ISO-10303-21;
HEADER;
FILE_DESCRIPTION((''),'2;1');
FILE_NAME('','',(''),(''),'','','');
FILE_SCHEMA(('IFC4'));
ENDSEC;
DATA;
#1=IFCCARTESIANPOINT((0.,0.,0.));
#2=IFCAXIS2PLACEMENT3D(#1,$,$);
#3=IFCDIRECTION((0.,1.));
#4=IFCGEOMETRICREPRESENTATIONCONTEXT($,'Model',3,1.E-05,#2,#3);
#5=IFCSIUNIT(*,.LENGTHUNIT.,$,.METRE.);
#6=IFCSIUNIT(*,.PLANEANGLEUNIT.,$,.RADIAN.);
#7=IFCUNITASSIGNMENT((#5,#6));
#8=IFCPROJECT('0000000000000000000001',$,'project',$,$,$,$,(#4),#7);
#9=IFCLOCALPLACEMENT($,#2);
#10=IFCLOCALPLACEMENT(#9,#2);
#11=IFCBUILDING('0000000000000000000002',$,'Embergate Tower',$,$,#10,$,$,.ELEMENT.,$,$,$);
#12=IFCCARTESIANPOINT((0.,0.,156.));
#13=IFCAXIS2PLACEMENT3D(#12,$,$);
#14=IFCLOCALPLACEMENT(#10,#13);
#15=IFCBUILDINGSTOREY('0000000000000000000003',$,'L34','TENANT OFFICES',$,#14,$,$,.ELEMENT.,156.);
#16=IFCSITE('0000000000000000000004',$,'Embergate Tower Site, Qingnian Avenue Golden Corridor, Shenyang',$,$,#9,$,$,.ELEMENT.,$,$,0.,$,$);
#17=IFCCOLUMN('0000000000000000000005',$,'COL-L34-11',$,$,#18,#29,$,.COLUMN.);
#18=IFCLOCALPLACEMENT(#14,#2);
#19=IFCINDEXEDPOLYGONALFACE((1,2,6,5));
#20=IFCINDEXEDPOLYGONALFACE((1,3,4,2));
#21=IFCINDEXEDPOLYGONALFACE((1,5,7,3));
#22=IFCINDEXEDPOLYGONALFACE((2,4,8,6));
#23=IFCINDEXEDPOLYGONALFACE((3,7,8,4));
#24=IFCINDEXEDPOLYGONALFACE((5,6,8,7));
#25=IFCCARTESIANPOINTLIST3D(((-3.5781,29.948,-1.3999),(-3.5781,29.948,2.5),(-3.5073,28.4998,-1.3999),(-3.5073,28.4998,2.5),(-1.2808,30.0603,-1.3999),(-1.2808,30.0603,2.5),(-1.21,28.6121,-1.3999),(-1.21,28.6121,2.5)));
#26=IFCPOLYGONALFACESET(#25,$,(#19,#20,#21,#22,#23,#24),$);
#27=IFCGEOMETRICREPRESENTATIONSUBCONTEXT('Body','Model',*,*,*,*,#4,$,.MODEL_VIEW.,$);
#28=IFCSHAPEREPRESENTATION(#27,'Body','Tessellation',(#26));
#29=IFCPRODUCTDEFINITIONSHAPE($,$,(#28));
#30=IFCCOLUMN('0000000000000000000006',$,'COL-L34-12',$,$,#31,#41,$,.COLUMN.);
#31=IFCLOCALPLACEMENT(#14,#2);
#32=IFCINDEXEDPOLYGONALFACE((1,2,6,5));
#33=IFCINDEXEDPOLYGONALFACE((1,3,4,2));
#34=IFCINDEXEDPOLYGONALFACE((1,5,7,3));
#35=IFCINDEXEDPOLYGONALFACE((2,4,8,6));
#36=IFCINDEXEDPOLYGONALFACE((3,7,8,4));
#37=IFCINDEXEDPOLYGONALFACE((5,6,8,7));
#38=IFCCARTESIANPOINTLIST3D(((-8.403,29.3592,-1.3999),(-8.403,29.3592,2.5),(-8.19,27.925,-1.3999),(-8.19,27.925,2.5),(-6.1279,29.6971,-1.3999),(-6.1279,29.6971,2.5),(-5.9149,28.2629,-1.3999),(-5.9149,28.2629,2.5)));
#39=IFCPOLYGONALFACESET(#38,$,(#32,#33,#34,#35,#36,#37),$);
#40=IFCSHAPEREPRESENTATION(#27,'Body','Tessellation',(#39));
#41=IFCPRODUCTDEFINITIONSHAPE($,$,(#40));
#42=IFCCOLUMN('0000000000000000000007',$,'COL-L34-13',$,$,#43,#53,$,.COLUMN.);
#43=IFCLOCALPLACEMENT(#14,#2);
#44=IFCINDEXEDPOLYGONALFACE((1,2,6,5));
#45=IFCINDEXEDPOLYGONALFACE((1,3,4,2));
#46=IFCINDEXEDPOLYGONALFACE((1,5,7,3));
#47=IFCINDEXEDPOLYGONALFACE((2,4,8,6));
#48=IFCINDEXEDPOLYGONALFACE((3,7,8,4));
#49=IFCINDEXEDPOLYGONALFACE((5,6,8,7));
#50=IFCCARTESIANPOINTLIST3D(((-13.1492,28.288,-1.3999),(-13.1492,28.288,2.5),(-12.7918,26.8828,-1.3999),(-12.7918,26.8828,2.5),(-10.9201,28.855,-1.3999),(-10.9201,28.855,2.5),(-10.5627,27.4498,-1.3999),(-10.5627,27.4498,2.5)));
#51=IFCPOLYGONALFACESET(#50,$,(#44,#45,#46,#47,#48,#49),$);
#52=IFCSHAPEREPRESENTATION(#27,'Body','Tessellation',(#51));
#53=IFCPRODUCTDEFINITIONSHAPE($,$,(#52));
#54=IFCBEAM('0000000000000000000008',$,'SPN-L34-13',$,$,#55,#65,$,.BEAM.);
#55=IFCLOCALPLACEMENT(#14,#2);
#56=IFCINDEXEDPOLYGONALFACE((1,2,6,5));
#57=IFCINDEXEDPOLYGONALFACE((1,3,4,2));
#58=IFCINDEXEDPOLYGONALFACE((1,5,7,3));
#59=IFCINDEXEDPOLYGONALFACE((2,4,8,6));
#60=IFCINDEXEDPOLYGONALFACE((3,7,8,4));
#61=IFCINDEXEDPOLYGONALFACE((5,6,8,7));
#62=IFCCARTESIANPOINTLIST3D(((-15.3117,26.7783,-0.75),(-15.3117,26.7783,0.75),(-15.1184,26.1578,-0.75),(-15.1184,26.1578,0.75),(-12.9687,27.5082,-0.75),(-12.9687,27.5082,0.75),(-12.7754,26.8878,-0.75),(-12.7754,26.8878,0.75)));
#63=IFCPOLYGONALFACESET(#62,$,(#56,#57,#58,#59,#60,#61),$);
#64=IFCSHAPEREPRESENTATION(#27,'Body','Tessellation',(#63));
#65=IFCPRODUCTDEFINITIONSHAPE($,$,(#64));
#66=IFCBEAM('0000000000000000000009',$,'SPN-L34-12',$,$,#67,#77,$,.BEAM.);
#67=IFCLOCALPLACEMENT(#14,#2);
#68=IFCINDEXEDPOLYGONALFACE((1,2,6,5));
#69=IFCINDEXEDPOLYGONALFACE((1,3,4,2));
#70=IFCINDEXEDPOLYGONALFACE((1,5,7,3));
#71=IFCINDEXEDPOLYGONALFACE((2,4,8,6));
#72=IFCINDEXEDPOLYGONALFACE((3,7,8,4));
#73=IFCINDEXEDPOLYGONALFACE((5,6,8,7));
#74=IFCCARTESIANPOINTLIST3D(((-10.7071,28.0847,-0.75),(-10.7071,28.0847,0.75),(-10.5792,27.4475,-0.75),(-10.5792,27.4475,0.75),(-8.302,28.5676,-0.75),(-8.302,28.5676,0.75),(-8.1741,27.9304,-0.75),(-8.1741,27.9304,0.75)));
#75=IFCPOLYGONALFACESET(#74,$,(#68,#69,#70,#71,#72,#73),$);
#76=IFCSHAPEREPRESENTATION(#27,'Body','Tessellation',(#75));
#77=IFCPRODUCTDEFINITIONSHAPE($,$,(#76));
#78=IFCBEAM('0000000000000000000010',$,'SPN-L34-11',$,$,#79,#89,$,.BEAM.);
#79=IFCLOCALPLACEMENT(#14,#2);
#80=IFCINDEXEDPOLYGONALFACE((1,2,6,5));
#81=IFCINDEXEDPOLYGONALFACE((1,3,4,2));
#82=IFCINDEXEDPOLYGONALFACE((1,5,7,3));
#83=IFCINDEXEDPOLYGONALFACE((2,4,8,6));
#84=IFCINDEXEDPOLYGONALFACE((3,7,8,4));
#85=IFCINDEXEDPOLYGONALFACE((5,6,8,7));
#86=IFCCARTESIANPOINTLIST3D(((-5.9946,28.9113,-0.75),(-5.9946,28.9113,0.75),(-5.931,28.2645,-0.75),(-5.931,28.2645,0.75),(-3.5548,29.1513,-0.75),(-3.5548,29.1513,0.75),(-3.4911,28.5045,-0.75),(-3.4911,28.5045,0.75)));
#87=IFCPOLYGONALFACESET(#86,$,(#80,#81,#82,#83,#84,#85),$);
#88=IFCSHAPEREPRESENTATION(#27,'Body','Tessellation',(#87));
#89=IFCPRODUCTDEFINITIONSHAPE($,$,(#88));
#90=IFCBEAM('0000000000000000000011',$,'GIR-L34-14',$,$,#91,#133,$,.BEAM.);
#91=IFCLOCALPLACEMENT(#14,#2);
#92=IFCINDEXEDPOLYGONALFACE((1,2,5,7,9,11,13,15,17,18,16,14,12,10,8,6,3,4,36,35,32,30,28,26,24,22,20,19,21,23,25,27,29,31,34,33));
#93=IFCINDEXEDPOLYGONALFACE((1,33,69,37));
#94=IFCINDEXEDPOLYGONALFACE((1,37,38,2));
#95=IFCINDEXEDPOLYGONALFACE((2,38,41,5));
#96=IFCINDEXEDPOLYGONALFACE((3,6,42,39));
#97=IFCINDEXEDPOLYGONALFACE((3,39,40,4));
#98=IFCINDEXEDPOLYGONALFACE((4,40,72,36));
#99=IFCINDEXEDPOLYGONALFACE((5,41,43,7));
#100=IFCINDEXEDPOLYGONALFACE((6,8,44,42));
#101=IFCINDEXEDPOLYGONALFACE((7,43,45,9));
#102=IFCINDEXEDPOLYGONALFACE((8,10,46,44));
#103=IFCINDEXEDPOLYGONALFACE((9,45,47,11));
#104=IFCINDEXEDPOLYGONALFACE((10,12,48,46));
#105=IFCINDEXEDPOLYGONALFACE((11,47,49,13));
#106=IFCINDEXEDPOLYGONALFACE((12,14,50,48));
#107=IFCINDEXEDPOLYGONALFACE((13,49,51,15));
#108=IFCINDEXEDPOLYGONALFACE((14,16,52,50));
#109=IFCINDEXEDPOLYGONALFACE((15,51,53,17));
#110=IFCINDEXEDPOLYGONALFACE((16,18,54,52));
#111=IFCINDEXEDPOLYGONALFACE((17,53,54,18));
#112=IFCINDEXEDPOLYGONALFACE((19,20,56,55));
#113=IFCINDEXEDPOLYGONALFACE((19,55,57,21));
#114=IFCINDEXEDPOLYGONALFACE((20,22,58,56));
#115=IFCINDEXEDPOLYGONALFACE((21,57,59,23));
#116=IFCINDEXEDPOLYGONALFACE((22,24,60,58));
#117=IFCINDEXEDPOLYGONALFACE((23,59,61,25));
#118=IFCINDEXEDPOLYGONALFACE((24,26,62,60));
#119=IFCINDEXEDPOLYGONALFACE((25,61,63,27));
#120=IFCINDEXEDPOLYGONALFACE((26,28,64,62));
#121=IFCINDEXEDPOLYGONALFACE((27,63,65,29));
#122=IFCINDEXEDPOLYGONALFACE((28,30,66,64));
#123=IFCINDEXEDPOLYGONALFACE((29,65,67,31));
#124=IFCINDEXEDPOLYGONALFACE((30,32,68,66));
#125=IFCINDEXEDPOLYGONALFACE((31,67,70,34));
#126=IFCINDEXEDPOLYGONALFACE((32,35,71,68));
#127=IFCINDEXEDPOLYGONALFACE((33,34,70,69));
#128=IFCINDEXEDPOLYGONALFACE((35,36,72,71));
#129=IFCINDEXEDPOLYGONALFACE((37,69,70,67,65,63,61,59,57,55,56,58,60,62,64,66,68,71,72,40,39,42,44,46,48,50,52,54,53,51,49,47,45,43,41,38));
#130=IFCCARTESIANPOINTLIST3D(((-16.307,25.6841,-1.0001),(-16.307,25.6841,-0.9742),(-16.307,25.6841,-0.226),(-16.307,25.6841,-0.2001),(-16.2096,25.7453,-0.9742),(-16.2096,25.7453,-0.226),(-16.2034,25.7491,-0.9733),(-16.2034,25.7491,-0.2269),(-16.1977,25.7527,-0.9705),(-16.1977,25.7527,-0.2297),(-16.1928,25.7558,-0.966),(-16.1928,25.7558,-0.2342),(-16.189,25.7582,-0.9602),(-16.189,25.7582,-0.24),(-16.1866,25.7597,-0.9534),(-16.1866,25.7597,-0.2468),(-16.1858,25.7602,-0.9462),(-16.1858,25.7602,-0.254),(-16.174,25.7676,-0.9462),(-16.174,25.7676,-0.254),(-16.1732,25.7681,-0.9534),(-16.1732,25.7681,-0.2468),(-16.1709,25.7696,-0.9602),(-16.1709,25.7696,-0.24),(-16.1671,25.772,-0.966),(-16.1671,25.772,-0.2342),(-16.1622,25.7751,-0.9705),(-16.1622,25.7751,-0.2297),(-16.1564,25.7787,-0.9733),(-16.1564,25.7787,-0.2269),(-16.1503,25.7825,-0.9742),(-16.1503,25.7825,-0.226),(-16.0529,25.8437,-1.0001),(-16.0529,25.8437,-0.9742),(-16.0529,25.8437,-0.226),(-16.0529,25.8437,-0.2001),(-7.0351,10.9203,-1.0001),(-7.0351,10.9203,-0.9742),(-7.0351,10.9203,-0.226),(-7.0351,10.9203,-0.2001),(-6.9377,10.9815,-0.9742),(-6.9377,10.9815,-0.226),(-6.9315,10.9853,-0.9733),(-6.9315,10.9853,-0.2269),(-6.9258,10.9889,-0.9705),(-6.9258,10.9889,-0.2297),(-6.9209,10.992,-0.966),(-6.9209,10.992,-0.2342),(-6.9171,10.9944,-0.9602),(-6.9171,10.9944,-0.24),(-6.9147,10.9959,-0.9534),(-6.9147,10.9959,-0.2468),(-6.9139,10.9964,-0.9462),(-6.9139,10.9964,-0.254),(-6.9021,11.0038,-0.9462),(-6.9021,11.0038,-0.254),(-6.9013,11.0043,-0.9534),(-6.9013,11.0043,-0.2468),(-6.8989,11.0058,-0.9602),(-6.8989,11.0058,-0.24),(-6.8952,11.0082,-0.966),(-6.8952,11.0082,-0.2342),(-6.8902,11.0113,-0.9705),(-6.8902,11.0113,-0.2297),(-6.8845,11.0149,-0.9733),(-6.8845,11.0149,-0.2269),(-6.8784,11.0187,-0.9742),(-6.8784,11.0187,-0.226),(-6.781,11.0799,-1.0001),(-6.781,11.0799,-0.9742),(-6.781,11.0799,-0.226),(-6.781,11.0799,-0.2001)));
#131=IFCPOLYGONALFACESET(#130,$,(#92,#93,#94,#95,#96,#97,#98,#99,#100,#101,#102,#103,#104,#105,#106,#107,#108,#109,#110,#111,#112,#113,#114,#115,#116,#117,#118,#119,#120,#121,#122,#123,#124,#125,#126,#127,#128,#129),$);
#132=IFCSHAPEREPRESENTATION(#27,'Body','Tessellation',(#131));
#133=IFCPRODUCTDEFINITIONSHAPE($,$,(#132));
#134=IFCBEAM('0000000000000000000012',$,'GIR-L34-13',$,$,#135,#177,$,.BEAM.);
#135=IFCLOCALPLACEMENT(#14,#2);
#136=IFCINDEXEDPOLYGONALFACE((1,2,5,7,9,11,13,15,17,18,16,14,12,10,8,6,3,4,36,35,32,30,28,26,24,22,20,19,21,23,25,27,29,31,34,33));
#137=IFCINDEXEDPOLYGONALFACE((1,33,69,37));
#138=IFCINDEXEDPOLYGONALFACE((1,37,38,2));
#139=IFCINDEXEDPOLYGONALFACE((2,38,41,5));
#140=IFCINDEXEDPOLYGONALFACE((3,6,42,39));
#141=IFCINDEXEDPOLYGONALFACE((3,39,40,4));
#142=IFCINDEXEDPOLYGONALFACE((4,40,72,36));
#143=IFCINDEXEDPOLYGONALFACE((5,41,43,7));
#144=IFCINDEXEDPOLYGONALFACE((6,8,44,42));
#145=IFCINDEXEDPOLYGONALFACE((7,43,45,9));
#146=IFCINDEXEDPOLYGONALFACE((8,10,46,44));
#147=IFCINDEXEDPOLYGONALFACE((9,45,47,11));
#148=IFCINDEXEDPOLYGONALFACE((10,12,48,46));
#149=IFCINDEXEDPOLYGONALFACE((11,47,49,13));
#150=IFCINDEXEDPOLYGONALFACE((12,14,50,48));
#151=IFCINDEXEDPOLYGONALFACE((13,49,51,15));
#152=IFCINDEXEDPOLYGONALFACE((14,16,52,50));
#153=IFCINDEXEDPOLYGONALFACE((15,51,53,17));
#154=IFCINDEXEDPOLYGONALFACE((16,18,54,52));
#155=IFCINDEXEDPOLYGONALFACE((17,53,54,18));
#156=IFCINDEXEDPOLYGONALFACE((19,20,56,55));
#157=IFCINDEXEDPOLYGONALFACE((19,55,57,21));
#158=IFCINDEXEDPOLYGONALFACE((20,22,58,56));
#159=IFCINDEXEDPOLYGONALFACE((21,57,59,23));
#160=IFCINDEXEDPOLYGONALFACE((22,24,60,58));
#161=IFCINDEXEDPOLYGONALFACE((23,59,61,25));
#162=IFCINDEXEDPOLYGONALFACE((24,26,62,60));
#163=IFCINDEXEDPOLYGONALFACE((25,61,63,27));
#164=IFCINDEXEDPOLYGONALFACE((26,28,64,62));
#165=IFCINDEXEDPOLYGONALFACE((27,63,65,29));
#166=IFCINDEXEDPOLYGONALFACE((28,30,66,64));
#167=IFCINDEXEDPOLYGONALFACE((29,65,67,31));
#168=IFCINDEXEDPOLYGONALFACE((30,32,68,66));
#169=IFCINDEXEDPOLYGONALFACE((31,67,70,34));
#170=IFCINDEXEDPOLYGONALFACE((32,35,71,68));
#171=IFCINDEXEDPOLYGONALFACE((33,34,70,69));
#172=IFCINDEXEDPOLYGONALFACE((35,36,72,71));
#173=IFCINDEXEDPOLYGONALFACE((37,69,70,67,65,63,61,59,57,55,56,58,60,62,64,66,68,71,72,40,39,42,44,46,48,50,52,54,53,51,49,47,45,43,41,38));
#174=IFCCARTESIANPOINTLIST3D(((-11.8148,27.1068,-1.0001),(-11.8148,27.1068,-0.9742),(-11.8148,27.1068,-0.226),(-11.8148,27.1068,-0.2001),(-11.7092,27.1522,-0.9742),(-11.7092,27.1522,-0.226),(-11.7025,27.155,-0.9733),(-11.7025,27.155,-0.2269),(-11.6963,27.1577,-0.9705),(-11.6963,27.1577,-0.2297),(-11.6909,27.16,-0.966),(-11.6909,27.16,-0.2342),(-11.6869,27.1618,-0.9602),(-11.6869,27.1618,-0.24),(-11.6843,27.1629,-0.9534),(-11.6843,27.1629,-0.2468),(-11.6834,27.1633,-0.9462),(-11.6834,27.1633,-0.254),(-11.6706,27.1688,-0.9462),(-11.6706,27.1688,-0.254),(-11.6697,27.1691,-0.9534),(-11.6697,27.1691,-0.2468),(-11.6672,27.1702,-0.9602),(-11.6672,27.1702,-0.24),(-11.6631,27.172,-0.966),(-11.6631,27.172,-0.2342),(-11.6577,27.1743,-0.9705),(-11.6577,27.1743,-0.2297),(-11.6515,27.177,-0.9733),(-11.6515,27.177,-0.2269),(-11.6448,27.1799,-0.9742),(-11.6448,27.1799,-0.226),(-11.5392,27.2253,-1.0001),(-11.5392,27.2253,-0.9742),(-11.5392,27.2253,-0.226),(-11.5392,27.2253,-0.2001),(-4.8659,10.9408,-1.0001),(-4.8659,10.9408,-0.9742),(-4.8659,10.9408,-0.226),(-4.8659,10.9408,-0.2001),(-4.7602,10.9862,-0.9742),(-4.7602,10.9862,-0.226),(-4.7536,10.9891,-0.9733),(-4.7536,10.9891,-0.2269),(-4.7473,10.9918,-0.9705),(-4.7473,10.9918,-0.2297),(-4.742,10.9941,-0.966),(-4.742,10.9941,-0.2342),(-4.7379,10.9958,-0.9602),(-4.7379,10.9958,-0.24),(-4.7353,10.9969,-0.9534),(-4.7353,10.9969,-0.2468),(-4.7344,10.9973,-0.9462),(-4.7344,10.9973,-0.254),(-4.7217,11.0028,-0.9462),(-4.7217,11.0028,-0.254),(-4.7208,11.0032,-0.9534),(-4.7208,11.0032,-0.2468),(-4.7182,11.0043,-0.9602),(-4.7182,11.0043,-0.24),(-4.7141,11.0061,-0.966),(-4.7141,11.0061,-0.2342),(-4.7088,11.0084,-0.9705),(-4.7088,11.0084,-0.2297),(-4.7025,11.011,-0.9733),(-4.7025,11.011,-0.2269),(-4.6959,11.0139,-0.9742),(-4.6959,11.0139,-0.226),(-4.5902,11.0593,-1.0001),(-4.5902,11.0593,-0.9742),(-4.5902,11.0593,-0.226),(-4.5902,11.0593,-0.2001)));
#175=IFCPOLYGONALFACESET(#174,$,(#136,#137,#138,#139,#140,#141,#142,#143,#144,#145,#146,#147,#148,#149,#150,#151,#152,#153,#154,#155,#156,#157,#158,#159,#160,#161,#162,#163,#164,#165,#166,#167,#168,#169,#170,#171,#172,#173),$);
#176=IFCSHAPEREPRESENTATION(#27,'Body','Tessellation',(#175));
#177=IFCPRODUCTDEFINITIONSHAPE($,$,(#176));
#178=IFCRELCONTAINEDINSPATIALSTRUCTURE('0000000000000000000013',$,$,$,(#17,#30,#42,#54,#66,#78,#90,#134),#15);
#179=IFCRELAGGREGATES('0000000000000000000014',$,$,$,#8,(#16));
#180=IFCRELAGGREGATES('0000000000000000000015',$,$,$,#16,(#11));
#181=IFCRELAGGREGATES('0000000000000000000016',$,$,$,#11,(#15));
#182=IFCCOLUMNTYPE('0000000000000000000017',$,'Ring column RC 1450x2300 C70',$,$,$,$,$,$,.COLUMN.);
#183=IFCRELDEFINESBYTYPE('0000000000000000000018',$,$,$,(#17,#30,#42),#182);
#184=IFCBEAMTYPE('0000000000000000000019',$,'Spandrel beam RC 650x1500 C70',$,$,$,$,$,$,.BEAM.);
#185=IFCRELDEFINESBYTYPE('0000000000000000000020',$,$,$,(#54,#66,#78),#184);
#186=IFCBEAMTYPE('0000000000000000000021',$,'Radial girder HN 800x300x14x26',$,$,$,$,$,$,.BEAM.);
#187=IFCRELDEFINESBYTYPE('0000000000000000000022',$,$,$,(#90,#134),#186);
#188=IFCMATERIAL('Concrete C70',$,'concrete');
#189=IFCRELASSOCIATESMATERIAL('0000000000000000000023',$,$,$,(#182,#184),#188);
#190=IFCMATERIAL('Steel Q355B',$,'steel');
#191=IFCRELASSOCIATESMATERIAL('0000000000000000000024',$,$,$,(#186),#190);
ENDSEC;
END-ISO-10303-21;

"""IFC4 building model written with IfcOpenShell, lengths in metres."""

from ifc_helpers import new_model, si_unit, direction, frame, origin, origin_2d, place, context, subcontext, project, spatial, rectangle, i_section, extrude, source, transform, mapped, material, material_profile, profile_set, type_object, element, save


model = new_model("IFC4")

# Units and contexts
model_context = context("Model", 3, precision=1e-05, world=origin(), true_north=direction((0.0, 1.0)))
body_context = subcontext(model_context, "Body", "Model", "MODEL_VIEW")
ifc_project = project(units=[si_unit("LENGTHUNIT", "METRE"), si_unit("PLANEANGLEUNIT", "RADIAN")], contexts=[model_context])

# Site, building, storey
site_placement = place(None, origin())
site = spatial("IfcSite", under=ifc_project, at=site_placement, Name="Embergate Tower Site, Qingnian Avenue Golden Corridor, Shenyang", CompositionType="ELEMENT", RefElevation=0.0)
building_placement = place(site_placement, origin())
building = spatial("IfcBuilding", under=site, at=building_placement, Name="Embergate Tower", CompositionType="ELEMENT")
storey_placement = place(building_placement, frame((0.0, 0.0, 156.0)))
storey = spatial("IfcBuildingStorey", under=building, at=storey_placement, Name="L34", Description="TENANT OFFICES", CompositionType="ELEMENT", Elevation=156.0)

# Columns
ifc_material_1 = material(Name="Concrete C70", Category="concrete")
ifc_material_profile_1 = material_profile(ifc_material_1, rectangle(XDim=1.45, YDim=2.3, at=origin_2d()), Name="RC 1450x2300")
ifc_profile_set_1 = profile_set([ifc_material_profile_1], Name="Concrete C70")
column_type = type_object("IfcColumnType", Name="Ring column RC 1450x2300 C70", PredefinedType="COLUMN", material=ifc_profile_set_1)
shared_shape_1 = source(origin(), body_context, "Body", "SweptSolid", [
    extrude(rectangle(XDim=1.45, YDim=2.3, at=origin_2d()), origin(), (0.0, 0.0, 1.0), 3.8999),
])
for number, where, z_axis, x_axis, name in (
    (1, (-2.394, 29.28, -1.3999), (0.0, 0.0, 1.0), (-0.048815, 0.998808, 0.0), "COL-L34-11"),
    (2, (-7.1589, 28.811, -1.3999), (0.0, 0.0, 1.0), (-0.146929, 0.989147, 0.0), "COL-L34-12"),
    (3, (-11.856, 27.8689, -1.3999), (0.0, 0.0, 1.0), (-0.246492, 0.969145, 0.0), "COL-L34-13"),
):
    element("IfcColumn", number, at=place(storey_placement, frame(where, z_axis=z_axis, x_axis=x_axis)), inside=storey, type_object=column_type, Name=name, PredefinedType="COLUMN", context=body_context, shape_type="MappedRepresentation", body=[
        mapped(shared_shape_1, transform((0.0, 0.0, 0.0))),
    ])

# Beams
ifc_material_profile_2 = material_profile(ifc_material_1, rectangle(XDim=0.6499, YDim=1.5, at=origin_2d()), Name="RC 650x1500")
ifc_profile_set_2 = profile_set([ifc_material_profile_2], Name="Concrete C70")
beam_type_1 = type_object("IfcBeamType", Name="Spandrel beam RC 650x1500 C70", PredefinedType="BEAM", material=ifc_profile_set_2)
shared_shape_2 = source(origin(), body_context, "Body", "SweptSolid", [
    extrude(rectangle(XDim=0.6499, YDim=1.5, at=origin_2d()), origin(), (0.0, 0.0, 1.0), 2.4541),
])
beam_1_placement = place(storey_placement, frame((-12.8721, 27.198, 0.0), z_axis=(-0.954736, -0.297454, 0.0), x_axis=(0.297454, -0.954736, 0.0)))
element("IfcBeam", 4, at=beam_1_placement, inside=storey, type_object=beam_type_1, Name="SPN-L34-13", PredefinedType="BEAM", context=body_context, shape_type="MappedRepresentation", body=[
    mapped(shared_shape_2, transform((0.0, 0.0, 0.0))),
])
shared_shape_3 = source(origin(), body_context, "Body", "SweptSolid", [
    extrude(rectangle(XDim=0.6499, YDim=1.5, at=origin_2d()), origin(), (0.0, 0.0, 1.0), 2.4531),
])
beam_2_placement = place(storey_placement, frame((-8.238, 28.249, 0.0), z_axis=(-0.980431, -0.196863, 0.0), x_axis=(0.196863, -0.980431, 0.0)))
element("IfcBeam", 5, at=beam_2_placement, inside=storey, type_object=beam_type_1, Name="SPN-L34-12", PredefinedType="BEAM", context=body_context, shape_type="MappedRepresentation", body=[
    mapped(shared_shape_3, transform((0.0, 0.0, 0.0))),
])
shared_shape_4 = source(origin(), body_context, "Body", "SweptSolid", [
    extrude(rectangle(XDim=0.6499, YDim=1.5, at=origin_2d()), origin(), (0.0, 0.0, 1.0), 2.4517),
])
beam_3_placement = place(storey_placement, frame((-3.5229, 28.8279, 0.0), z_axis=(-0.995198, -0.097887, 0.0), x_axis=(0.097887, -0.995198, 0.0)))
element("IfcBeam", 6, at=beam_3_placement, inside=storey, type_object=beam_type_1, Name="SPN-L34-11", PredefinedType="BEAM", context=body_context, shape_type="MappedRepresentation", body=[
    mapped(shared_shape_4, transform((0.0, 0.0, 0.0))),
])
ifc_material_2 = material(Name="Steel Q355B", Category="steel")
ifc_material_profile_3 = material_profile(ifc_material_2, i_section(OverallWidth=0.3, OverallDepth=0.8, WebThickness=0.0139, FlangeThickness=0.0259, FilletRadius=0.0281, at=origin_2d()), Name="HN 800x300x14x26")
ifc_profile_set_3 = profile_set([ifc_material_profile_3], Name="Steel Q355 grade B")
beam_type_2 = type_object("IfcBeamType", Name="Radial girder HN 800x300x14x26", PredefinedType="BEAM", material=ifc_profile_set_3)
shared_shape_5 = source(origin(), body_context, "Body", "SweptSolid", [
    extrude(i_section(OverallWidth=0.3, OverallDepth=0.8, WebThickness=0.0139, FlangeThickness=0.0259, FilletRadius=0.0281, at=origin_2d()), origin(), (0.0, 0.0, 1.0), 17.4338),
])
beam_4_placement = place(storey_placement, frame((-16.1799, 25.7639, -0.6001), z_axis=(0.531834, -0.846848, 0.0), x_axis=(0.846848, 0.531834, 0.0)))
element("IfcBeam", 7, at=beam_4_placement, inside=storey, type_object=beam_type_2, Name="GIR-L34-14", PredefinedType="BEAM", context=body_context, shape_type="MappedRepresentation", body=[
    mapped(shared_shape_5, transform((0.0, 0.0, 0.0))),
])
shared_shape_6 = source(origin(), body_context, "Body", "SweptSolid", [
    extrude(i_section(OverallWidth=0.3, OverallDepth=0.8, WebThickness=0.0139, FlangeThickness=0.0259, FilletRadius=0.0281, at=origin_2d()), origin(), (0.0, 0.0, 1.0), 17.5962),
])
beam_5_placement = place(storey_placement, frame((-11.677, 27.166, -0.6001), z_axis=(0.394912, -0.918719, 0.0), x_axis=(0.918719, 0.394912, 0.0)))
element("IfcBeam", 8, at=beam_5_placement, inside=storey, type_object=beam_type_2, Name="GIR-L34-13", PredefinedType="BEAM", context=body_context, shape_type="MappedRepresentation", body=[
    mapped(shared_shape_6, transform((0.0, 0.0, 0.0))),
])

save(model, "model.ifc")
